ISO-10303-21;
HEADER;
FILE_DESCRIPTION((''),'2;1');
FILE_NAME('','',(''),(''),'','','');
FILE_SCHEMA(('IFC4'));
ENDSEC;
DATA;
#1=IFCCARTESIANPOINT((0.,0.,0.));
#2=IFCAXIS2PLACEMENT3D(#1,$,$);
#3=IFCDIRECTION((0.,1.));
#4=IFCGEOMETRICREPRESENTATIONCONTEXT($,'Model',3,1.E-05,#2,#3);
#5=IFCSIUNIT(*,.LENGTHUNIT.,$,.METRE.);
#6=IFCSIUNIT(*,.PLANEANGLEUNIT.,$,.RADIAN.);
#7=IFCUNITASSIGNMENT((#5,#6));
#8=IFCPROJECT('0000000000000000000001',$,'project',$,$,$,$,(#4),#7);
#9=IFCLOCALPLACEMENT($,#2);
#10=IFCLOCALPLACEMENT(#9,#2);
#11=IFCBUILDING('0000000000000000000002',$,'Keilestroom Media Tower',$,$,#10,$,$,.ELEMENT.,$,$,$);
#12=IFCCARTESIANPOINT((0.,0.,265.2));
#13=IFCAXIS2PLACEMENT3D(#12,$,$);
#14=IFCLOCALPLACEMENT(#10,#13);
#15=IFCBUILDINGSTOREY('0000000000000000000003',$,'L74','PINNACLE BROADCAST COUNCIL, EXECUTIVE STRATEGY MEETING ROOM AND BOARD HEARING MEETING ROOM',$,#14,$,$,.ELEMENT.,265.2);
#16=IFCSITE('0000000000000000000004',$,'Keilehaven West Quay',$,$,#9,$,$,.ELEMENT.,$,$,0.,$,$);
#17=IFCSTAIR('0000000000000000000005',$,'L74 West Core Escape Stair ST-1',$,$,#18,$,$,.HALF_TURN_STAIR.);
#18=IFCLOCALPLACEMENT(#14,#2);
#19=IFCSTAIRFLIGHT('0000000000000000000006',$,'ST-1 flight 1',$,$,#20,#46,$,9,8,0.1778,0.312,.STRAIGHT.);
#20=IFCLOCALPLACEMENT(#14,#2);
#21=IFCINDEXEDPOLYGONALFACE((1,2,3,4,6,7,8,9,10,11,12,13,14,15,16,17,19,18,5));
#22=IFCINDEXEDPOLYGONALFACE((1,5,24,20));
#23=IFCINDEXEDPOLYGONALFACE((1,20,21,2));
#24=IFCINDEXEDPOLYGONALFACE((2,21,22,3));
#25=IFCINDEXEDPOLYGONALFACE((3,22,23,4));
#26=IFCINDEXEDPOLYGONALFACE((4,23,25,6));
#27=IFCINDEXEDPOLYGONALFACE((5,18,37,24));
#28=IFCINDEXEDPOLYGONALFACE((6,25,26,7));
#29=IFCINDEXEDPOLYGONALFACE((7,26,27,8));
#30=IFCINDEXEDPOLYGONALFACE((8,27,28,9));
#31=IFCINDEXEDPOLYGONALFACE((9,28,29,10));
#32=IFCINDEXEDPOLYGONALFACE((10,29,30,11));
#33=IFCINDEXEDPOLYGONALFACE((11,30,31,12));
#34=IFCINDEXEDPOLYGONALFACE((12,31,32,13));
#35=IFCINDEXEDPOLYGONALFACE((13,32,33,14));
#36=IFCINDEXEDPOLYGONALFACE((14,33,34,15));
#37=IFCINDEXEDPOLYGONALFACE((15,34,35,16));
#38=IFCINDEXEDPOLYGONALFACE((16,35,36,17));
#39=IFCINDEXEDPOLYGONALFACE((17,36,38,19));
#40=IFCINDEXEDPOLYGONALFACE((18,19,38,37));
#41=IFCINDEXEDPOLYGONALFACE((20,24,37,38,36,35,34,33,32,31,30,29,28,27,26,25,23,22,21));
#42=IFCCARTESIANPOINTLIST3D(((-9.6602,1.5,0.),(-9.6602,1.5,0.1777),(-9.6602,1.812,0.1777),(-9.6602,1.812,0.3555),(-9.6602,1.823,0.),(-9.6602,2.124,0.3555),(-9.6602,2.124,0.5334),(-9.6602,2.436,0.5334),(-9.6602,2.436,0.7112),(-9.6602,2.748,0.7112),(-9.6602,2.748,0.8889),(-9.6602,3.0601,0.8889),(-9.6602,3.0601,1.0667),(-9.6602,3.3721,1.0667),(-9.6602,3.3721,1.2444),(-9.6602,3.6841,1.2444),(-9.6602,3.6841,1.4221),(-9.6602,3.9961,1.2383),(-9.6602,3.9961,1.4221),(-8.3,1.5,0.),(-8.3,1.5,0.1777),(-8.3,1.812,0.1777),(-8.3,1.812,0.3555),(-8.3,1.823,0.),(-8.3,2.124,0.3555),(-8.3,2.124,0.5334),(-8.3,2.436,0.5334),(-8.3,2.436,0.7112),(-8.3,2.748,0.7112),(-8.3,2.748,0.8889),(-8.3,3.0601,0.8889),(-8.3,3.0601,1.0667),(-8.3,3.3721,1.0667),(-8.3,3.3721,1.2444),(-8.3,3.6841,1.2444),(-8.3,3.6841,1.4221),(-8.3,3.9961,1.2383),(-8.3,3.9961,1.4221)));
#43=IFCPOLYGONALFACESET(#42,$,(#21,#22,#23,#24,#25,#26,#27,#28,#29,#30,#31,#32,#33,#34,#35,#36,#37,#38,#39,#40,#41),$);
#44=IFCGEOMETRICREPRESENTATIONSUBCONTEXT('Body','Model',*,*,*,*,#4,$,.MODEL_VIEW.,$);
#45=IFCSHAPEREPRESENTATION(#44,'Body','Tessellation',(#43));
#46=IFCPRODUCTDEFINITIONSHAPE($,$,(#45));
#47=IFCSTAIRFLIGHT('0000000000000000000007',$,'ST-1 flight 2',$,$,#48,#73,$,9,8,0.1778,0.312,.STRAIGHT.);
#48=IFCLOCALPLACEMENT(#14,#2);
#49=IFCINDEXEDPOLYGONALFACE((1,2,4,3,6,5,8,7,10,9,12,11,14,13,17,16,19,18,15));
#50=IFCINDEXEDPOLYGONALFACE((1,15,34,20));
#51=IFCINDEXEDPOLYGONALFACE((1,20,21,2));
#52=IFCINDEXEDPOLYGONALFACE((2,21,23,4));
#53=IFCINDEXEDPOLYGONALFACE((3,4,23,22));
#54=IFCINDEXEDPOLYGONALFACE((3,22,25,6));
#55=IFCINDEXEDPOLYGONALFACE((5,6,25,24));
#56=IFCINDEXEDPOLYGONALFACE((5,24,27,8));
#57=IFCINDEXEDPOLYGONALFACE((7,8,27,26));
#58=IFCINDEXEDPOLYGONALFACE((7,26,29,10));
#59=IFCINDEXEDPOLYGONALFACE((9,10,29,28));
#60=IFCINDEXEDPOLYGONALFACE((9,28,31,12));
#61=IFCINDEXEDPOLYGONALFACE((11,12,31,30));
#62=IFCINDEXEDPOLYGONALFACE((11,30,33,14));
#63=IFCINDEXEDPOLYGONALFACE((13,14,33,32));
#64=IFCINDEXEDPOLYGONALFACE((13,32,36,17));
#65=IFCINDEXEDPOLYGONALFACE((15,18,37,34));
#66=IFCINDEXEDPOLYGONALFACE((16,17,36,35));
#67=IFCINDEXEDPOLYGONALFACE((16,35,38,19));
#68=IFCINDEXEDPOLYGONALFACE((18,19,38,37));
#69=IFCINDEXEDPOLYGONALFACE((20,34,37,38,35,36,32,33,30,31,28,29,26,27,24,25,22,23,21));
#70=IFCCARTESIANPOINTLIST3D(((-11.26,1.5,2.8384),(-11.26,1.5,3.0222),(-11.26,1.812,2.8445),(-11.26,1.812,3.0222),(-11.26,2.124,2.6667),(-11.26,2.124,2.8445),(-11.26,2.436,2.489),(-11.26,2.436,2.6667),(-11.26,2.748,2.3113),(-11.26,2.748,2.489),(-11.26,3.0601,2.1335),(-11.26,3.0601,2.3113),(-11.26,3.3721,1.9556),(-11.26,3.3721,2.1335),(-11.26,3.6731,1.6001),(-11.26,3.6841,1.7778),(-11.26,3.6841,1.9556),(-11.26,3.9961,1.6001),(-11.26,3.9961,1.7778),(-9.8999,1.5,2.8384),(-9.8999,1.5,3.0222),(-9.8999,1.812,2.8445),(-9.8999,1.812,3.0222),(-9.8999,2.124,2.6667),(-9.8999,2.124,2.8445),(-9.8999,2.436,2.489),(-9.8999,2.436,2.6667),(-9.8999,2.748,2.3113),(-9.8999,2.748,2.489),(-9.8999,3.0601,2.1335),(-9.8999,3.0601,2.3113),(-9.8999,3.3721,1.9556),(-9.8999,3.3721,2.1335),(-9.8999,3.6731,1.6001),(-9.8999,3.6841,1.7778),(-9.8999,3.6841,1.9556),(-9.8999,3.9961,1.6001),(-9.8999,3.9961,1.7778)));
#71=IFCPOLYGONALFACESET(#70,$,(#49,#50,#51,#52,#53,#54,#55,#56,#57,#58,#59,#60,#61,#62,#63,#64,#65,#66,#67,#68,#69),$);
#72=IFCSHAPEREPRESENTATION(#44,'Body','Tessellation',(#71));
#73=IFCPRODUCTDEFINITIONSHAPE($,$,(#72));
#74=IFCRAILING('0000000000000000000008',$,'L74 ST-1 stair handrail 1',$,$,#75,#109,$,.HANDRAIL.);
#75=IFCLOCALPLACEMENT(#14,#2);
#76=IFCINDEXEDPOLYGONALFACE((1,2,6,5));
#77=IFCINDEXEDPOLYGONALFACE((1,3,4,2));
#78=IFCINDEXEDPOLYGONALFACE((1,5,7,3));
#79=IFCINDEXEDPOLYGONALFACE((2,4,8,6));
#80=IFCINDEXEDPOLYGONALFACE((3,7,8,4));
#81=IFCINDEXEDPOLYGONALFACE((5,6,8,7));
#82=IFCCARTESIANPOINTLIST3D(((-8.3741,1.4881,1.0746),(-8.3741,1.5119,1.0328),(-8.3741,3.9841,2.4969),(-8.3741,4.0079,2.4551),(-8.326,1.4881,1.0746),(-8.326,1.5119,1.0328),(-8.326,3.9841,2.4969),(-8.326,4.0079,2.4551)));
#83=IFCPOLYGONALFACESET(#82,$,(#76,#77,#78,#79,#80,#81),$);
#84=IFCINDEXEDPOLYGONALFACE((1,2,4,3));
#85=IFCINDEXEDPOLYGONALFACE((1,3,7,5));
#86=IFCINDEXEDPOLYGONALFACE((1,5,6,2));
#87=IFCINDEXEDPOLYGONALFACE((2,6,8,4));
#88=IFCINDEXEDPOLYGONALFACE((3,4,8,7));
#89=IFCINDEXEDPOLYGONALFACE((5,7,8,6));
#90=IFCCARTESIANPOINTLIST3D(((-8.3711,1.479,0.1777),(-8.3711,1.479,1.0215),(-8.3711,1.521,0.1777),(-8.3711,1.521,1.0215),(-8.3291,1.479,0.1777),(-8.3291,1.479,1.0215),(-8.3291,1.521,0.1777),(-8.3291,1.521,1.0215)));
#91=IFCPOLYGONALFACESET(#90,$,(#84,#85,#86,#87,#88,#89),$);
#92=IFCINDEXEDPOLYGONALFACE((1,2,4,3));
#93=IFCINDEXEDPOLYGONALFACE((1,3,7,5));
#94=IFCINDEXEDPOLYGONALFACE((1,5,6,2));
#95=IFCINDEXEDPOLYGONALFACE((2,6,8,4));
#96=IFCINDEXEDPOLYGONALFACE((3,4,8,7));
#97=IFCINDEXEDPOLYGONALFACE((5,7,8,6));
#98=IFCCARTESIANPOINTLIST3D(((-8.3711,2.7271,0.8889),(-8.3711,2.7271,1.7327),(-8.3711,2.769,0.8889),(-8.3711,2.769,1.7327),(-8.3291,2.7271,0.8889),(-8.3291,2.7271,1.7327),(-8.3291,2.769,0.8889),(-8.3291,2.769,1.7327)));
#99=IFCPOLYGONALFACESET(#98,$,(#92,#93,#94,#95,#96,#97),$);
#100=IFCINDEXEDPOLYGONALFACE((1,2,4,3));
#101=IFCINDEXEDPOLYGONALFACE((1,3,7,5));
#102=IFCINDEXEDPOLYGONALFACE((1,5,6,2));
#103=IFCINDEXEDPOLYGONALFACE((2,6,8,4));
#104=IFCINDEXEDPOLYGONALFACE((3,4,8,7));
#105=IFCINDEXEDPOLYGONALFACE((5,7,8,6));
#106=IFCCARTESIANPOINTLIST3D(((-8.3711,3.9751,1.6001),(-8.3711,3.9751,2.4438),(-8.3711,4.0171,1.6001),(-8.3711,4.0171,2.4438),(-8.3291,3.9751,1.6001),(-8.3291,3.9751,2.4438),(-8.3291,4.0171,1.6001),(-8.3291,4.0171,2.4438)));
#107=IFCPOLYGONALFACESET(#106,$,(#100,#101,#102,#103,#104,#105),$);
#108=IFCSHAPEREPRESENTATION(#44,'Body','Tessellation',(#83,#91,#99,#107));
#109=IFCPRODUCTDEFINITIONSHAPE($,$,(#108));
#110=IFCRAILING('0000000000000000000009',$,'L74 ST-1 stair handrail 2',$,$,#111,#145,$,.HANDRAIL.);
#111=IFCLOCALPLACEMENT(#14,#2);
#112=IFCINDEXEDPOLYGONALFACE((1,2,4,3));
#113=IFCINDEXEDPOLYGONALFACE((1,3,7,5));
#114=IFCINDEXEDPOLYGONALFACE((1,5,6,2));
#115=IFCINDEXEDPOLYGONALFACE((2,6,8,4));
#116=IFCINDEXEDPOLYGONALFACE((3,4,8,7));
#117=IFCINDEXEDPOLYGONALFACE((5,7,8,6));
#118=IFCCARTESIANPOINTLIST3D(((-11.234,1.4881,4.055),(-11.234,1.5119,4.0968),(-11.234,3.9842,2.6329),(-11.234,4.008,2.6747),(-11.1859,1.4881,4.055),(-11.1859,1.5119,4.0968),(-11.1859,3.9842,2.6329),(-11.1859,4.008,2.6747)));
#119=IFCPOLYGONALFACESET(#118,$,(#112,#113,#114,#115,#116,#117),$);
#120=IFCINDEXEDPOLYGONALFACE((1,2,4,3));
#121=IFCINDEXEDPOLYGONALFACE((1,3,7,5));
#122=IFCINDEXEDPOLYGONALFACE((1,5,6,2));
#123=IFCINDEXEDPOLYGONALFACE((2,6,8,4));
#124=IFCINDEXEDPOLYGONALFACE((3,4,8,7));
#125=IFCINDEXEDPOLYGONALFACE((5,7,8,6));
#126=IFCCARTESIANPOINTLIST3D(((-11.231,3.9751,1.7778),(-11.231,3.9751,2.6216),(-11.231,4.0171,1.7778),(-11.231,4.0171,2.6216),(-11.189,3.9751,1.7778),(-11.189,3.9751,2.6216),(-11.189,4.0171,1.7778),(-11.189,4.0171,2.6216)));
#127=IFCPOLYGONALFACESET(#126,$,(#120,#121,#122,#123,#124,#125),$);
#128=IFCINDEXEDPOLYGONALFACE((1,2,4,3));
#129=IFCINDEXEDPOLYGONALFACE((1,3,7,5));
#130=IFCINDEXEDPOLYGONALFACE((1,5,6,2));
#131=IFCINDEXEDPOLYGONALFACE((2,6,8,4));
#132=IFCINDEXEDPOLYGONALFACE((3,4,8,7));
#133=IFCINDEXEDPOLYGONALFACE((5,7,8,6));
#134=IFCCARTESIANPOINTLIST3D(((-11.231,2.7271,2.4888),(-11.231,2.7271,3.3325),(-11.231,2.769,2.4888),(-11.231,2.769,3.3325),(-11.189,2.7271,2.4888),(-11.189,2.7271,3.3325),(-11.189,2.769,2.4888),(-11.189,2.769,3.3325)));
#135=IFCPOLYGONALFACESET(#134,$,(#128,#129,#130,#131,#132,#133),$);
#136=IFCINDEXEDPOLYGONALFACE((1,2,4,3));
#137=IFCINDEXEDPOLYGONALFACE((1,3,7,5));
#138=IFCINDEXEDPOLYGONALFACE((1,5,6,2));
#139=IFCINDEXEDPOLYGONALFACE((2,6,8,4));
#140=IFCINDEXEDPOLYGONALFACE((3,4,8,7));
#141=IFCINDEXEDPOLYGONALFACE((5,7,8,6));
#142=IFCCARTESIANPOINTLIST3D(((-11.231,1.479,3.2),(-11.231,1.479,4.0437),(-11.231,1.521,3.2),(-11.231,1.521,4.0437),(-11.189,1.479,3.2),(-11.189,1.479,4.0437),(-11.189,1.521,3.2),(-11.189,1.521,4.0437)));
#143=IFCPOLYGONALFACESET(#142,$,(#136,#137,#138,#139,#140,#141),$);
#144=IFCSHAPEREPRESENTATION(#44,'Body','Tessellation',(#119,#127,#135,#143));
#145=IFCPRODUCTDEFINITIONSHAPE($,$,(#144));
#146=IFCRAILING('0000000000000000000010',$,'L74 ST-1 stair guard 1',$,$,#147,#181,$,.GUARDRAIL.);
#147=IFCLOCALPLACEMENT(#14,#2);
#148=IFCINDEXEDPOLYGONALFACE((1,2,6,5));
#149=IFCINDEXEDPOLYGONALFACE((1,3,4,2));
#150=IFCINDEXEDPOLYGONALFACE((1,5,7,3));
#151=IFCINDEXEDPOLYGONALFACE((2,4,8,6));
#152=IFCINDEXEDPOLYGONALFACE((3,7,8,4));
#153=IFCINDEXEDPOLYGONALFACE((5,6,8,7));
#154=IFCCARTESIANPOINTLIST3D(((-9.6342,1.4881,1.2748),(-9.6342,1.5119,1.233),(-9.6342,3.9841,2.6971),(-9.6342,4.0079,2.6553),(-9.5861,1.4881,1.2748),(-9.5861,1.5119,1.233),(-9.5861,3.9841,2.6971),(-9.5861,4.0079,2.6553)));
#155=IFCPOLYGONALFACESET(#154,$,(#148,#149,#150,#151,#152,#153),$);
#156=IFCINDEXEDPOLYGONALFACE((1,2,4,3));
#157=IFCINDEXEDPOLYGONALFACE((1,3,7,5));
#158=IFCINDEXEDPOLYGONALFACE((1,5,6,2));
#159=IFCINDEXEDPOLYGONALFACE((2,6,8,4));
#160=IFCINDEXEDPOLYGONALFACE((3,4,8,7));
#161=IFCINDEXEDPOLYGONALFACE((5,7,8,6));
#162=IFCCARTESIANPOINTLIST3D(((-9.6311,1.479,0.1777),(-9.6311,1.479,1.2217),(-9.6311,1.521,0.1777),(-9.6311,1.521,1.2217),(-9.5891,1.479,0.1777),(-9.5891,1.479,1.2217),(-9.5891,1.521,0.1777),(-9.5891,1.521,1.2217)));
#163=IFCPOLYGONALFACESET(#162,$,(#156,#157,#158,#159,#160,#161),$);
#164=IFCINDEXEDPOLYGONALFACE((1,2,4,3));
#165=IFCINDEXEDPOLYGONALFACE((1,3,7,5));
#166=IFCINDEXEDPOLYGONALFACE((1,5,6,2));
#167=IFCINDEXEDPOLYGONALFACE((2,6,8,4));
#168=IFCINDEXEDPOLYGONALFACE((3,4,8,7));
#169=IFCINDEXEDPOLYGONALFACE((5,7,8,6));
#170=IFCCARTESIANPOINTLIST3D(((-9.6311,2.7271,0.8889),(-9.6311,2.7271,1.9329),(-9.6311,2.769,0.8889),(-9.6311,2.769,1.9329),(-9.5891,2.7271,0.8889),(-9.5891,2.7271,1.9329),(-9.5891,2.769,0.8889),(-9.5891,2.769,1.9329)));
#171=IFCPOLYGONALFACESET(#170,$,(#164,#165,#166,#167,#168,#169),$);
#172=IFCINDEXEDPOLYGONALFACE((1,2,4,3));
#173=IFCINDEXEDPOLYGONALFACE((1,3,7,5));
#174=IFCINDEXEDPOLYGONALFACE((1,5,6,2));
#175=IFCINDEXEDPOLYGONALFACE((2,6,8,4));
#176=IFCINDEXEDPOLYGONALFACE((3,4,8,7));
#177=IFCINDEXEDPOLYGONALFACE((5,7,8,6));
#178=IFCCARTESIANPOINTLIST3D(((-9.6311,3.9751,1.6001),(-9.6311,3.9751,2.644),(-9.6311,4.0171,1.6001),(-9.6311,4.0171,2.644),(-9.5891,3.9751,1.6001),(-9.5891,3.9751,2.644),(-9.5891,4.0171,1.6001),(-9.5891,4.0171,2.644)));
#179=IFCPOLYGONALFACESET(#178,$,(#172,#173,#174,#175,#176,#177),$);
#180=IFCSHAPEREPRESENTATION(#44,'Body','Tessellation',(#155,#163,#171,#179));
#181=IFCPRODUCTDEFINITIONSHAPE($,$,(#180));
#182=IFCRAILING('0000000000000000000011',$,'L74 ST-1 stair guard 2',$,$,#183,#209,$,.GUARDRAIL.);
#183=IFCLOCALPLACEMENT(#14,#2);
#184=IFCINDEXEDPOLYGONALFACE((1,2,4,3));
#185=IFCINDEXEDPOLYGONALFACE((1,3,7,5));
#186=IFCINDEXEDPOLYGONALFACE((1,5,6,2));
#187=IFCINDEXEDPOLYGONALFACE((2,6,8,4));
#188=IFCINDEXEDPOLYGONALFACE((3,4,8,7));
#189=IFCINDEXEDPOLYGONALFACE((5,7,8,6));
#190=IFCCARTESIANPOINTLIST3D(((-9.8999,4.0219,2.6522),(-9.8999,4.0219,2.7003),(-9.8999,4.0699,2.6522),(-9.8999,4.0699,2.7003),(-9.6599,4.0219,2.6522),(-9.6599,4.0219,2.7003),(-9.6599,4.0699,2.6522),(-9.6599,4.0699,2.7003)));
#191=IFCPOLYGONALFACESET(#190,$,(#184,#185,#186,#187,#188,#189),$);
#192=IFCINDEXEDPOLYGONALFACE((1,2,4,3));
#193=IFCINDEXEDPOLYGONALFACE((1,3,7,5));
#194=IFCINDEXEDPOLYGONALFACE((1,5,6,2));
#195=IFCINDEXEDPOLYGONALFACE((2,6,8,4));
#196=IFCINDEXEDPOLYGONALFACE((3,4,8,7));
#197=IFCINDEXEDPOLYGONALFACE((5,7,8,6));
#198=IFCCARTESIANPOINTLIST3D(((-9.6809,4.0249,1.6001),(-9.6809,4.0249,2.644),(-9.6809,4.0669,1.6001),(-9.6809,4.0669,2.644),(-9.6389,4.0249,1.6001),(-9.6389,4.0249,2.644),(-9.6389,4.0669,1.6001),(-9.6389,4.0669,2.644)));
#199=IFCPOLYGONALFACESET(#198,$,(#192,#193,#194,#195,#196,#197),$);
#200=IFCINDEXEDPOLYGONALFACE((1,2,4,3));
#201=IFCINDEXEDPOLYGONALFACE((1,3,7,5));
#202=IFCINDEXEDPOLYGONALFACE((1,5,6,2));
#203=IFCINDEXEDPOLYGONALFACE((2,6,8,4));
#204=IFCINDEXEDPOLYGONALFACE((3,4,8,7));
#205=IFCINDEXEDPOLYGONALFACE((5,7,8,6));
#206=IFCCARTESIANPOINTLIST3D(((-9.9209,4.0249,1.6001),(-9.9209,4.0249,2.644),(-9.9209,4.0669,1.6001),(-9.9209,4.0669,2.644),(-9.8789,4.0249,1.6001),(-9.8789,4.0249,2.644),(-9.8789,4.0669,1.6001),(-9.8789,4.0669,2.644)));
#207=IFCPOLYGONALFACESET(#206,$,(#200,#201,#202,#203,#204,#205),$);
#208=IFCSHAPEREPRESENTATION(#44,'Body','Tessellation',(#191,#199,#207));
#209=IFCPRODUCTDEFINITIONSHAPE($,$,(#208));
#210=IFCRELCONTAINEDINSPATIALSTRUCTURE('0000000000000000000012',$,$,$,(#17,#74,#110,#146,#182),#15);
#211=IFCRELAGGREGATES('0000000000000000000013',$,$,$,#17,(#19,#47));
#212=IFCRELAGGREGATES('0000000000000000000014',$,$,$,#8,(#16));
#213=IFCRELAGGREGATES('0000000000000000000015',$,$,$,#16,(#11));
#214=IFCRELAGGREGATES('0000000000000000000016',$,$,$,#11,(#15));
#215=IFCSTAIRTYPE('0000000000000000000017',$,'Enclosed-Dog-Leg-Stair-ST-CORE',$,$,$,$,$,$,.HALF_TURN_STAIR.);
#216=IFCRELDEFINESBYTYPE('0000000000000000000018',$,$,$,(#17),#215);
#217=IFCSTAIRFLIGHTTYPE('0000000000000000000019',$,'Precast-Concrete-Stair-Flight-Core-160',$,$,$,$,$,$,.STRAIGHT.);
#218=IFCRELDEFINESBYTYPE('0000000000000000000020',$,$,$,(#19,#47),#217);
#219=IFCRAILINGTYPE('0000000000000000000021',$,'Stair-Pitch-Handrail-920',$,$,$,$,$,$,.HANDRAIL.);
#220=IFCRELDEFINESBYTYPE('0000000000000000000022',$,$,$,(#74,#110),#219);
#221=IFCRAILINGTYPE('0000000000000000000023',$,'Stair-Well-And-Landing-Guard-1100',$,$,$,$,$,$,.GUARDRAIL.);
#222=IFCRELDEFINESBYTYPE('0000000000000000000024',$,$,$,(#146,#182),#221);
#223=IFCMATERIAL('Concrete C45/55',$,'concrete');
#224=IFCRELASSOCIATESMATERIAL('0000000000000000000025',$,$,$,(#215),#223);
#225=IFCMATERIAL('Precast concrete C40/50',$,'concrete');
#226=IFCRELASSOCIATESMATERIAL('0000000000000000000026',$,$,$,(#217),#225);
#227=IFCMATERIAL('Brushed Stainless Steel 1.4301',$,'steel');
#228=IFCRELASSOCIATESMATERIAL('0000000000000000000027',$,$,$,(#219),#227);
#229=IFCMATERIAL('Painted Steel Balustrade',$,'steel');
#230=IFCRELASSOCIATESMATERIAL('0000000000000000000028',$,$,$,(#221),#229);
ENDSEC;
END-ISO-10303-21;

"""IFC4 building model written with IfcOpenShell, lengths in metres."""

from ifc_helpers import new_model, si_unit, direction, frame, origin, origin_2d, place, context, subcontext, project, spatial, polyline, rectangle, outline, extrude, material, type_object, element, aggregate, save


model = new_model("IFC4")

# Units and contexts
model_context = context("Model", 3, precision=1e-05, world=origin(), true_north=direction((0.0, 1.0)))
body_context = subcontext(model_context, "Body", "Model", "MODEL_VIEW")
ifc_project = project(units=[si_unit("LENGTHUNIT", "METRE"), si_unit("PLANEANGLEUNIT", "RADIAN")], contexts=[model_context])

# Site, building, storey
site_placement = place(None, origin())
site = spatial("IfcSite", under=ifc_project, at=site_placement, Name="Keilehaven West Quay", CompositionType="ELEMENT", RefElevation=0.0)
building_placement = place(site_placement, origin())
building = spatial("IfcBuilding", under=site, at=building_placement, Name="Keilestroom Media Tower", CompositionType="ELEMENT")
storey_placement = place(building_placement, frame((0.0, 0.0, 265.2)))
storey = spatial("IfcBuildingStorey", under=building, at=storey_placement, Name="L74", Description="PINNACLE BROADCAST COUNCIL, EXECUTIVE STRATEGY MEETING ROOM AND BOARD HEARING MEETING ROOM", CompositionType="ELEMENT", Elevation=265.2)

# Shared definitions
ifc_material_1 = material(Name="Precast concrete C40/50", Category="concrete")

# Stair, stair flights
ifc_material_2 = material(Name="Concrete C45/55", Category="concrete")
stair_type = type_object("IfcStairType", Name="Enclosed-Dog-Leg-Stair-ST-CORE", PredefinedType="HALF_TURN_STAIR", material=ifc_material_2)
stair_placement = place(storey_placement, origin())
stair = element("IfcStair", 1, at=stair_placement, inside=storey, type_object=stair_type, Name="L74 West Core Escape Stair ST-1", PredefinedType="HALF_TURN_STAIR")
stair_flight_type = type_object("IfcStairFlightType", Name="Precast-Concrete-Stair-Flight-Core-160", PredefinedType="STRAIGHT", material=ifc_material_1)
stair_flight_1_placement = place(storey_placement, frame((-8.98, 1.5, 0.0), z_axis=(0.0, 0.0, 1.0), x_axis=(0.0, 1.0, 0.0)))
stair_flight_1 = element("IfcStairFlight", 2, at=stair_flight_1_placement, type_object=stair_flight_type, Name="ST-1 flight 1", NumberOfRisers=9, NumberOfTreads=8, PredefinedType="STRAIGHT", RiserHeight=0.1778, TreadLength=0.312, context=body_context, shape_type="SweptSolid", body=[
    extrude(outline(polyline([(0.0, 0.0), (0.0, 0.1777), (0.312, 0.1777), (0.312, 0.3555), (0.624, 0.3555), (0.624, 0.5334), (0.936, 0.5334), (0.936, 0.7112), (1.248, 0.7112), (1.248, 0.8889), (1.5601, 0.8889), (1.5601, 1.0667), (1.8721, 1.0667), (1.8721, 1.2444), (2.1841, 1.2444), (2.1841, 1.4221), (2.4961, 1.4221), (2.4961, 1.6001), (2.4961, 1.2383), (0.323, 0.0), (0.0, 0.0)])), frame((0.0, 0.6802, 0.0), z_axis=(0.0, -1.0, 0.0), x_axis=(1.0, 0.0, 0.0)), (0.0, 0.0, 1.0), 1.3601),
])
stair_flight_2_placement = place(storey_placement, frame((-10.5801, 3.9961, 1.6001), z_axis=(0.0, 0.0, 1.0), x_axis=(0.0, -1.0, 0.0)))
stair_flight_2 = element("IfcStairFlight", 3, at=stair_flight_2_placement, type_object=stair_flight_type, Name="ST-1 flight 2", NumberOfRisers=9, NumberOfTreads=8, PredefinedType="STRAIGHT", RiserHeight=0.1778, TreadLength=0.312, context=body_context, shape_type="SweptSolid", body=[
    extrude(outline(polyline([(0.0, 0.0), (0.0, 0.1777), (0.312, 0.1777), (0.312, 0.3555), (0.624, 0.3555), (0.624, 0.5334), (0.936, 0.5334), (0.936, 0.7112), (1.248, 0.7112), (1.248, 0.8889), (1.5601, 0.8889), (1.5601, 1.0667), (1.8721, 1.0667), (1.8721, 1.2444), (2.1841, 1.2444), (2.1841, 1.4221), (2.4961, 1.4221), (2.4961, 1.6001), (2.4961, 1.2383), (0.323, 0.0), (0.0, 0.0)])), frame((0.0, 0.6802, 0.0), z_axis=(0.0, -1.0, 0.0), x_axis=(1.0, 0.0, 0.0)), (0.0, 0.0, 1.0), 1.3601),
])
aggregate(stair, [stair_flight_1, stair_flight_2])

# Railings
ifc_material_3 = material(Name="Brushed Stainless Steel 1.4301", Category="steel")
railing_type_1 = type_object("IfcRailingType", Name="Stair-Pitch-Handrail-920", PredefinedType="HANDRAIL", material=ifc_material_3)
railing_1_placement = place(storey_placement, frame((-8.3501, 1.5, 0.1777)))
element("IfcRailing", 4, at=railing_1_placement, inside=storey, type_object=railing_type_1, Name="L74 ST-1 stair handrail 1", PredefinedType="HANDRAIL", context=body_context, shape_type="SweptSolid", body=[
    extrude(rectangle(XDim=0.0481, YDim=0.0481, at=origin_2d()), frame((0.0, 0.0, 0.876), z_axis=(0.0, 0.868839, 0.495095), x_axis=(-1.0, 0.0, 0.0)), (0.0, 0.0, 1.0), 2.8728),
    extrude(rectangle(XDim=0.042, YDim=0.042, at=origin_2d()), origin(), (0.0, 0.0, 1.0), 0.8438),
    extrude(rectangle(XDim=0.042, YDim=0.042, at=origin_2d()), frame((0.0, 1.248, 0.7112)), (0.0, 0.0, 1.0), 0.8438),
    extrude(rectangle(XDim=0.042, YDim=0.042, at=origin_2d()), frame((0.0, 2.4961, 1.4224)), (0.0, 0.0, 1.0), 0.8438),
])
railing_2_placement = place(storey_placement, frame((-11.21, 3.9961, 1.7778)))
element("IfcRailing", 5, at=railing_2_placement, inside=storey, type_object=railing_type_1, Name="L74 ST-1 stair handrail 2", PredefinedType="HANDRAIL", context=body_context, shape_type="SweptSolid", body=[
    extrude(rectangle(XDim=0.0481, YDim=0.0481, at=origin_2d()), frame((0.0, 0.0, 0.876), z_axis=(0.0, -0.868875, 0.495031), x_axis=(1.0, 0.0, 0.0)), (0.0, 0.0, 1.0), 2.8728),
    extrude(rectangle(XDim=0.042, YDim=0.042, at=origin_2d()), origin(), (0.0, 0.0, 1.0), 0.8438),
    extrude(rectangle(XDim=0.042, YDim=0.042, at=origin_2d()), frame((0.0, -1.248, 0.7109)), (0.0, 0.0, 1.0), 0.8438),
    extrude(rectangle(XDim=0.042, YDim=0.042, at=origin_2d()), frame((0.0, -2.4961, 1.4221)), (0.0, 0.0, 1.0), 0.8438),
])
ifc_material_4 = material(Name="Painted Steel Balustrade", Category="steel")
railing_type_2 = type_object("IfcRailingType", Name="Stair-Well-And-Landing-Guard-1100", PredefinedType="GUARDRAIL", material=ifc_material_4)
railing_3_placement = place(storey_placement, frame((-9.6101, 1.5, 0.1777)))
element("IfcRailing", 6, at=railing_3_placement, inside=storey, type_object=railing_type_2, Name="L74 ST-1 stair guard 1", PredefinedType="GUARDRAIL", context=body_context, shape_type="SweptSolid", body=[
    extrude(rectangle(XDim=0.0481, YDim=0.0481, at=origin_2d()), frame((0.0, 0.0, 1.0762), z_axis=(0.0, 0.868839, 0.495095), x_axis=(-1.0, 0.0, 0.0)), (0.0, 0.0, 1.0), 2.8728),
    extrude(rectangle(XDim=0.042, YDim=0.042, at=origin_2d()), origin(), (0.0, 0.0, 1.0), 1.0439),
    extrude(rectangle(XDim=0.042, YDim=0.042, at=origin_2d()), frame((0.0, 1.248, 0.7112)), (0.0, 0.0, 1.0), 1.0439),
    extrude(rectangle(XDim=0.042, YDim=0.042, at=origin_2d()), frame((0.0, 2.4961, 1.4224)), (0.0, 0.0, 1.0), 1.0439),
])
railing_4_placement = place(storey_placement, frame((-9.6599, 4.0459, 1.6001)))
element("IfcRailing", 7, at=railing_4_placement, inside=storey, type_object=railing_type_2, Name="L74 ST-1 stair guard 2", PredefinedType="GUARDRAIL", context=body_context, shape_type="SweptSolid", body=[
    extrude(rectangle(XDim=0.0481, YDim=0.0481, at=origin_2d()), frame((0.0, 0.0, 1.0762), z_axis=(-1.0, 0.0, 0.0), x_axis=(0.0, -1.0, 0.0)), (0.0, 0.0, 1.0), 0.24),
    extrude(rectangle(XDim=0.042, YDim=0.042, at=origin_2d()), origin(), (0.0, 0.0, 1.0), 1.0439),
    extrude(rectangle(XDim=0.042, YDim=0.042, at=origin_2d()), frame((-0.24, 0.0, 0.0)), (0.0, 0.0, 1.0), 1.0439),
])

save(model, "model.ifc")
